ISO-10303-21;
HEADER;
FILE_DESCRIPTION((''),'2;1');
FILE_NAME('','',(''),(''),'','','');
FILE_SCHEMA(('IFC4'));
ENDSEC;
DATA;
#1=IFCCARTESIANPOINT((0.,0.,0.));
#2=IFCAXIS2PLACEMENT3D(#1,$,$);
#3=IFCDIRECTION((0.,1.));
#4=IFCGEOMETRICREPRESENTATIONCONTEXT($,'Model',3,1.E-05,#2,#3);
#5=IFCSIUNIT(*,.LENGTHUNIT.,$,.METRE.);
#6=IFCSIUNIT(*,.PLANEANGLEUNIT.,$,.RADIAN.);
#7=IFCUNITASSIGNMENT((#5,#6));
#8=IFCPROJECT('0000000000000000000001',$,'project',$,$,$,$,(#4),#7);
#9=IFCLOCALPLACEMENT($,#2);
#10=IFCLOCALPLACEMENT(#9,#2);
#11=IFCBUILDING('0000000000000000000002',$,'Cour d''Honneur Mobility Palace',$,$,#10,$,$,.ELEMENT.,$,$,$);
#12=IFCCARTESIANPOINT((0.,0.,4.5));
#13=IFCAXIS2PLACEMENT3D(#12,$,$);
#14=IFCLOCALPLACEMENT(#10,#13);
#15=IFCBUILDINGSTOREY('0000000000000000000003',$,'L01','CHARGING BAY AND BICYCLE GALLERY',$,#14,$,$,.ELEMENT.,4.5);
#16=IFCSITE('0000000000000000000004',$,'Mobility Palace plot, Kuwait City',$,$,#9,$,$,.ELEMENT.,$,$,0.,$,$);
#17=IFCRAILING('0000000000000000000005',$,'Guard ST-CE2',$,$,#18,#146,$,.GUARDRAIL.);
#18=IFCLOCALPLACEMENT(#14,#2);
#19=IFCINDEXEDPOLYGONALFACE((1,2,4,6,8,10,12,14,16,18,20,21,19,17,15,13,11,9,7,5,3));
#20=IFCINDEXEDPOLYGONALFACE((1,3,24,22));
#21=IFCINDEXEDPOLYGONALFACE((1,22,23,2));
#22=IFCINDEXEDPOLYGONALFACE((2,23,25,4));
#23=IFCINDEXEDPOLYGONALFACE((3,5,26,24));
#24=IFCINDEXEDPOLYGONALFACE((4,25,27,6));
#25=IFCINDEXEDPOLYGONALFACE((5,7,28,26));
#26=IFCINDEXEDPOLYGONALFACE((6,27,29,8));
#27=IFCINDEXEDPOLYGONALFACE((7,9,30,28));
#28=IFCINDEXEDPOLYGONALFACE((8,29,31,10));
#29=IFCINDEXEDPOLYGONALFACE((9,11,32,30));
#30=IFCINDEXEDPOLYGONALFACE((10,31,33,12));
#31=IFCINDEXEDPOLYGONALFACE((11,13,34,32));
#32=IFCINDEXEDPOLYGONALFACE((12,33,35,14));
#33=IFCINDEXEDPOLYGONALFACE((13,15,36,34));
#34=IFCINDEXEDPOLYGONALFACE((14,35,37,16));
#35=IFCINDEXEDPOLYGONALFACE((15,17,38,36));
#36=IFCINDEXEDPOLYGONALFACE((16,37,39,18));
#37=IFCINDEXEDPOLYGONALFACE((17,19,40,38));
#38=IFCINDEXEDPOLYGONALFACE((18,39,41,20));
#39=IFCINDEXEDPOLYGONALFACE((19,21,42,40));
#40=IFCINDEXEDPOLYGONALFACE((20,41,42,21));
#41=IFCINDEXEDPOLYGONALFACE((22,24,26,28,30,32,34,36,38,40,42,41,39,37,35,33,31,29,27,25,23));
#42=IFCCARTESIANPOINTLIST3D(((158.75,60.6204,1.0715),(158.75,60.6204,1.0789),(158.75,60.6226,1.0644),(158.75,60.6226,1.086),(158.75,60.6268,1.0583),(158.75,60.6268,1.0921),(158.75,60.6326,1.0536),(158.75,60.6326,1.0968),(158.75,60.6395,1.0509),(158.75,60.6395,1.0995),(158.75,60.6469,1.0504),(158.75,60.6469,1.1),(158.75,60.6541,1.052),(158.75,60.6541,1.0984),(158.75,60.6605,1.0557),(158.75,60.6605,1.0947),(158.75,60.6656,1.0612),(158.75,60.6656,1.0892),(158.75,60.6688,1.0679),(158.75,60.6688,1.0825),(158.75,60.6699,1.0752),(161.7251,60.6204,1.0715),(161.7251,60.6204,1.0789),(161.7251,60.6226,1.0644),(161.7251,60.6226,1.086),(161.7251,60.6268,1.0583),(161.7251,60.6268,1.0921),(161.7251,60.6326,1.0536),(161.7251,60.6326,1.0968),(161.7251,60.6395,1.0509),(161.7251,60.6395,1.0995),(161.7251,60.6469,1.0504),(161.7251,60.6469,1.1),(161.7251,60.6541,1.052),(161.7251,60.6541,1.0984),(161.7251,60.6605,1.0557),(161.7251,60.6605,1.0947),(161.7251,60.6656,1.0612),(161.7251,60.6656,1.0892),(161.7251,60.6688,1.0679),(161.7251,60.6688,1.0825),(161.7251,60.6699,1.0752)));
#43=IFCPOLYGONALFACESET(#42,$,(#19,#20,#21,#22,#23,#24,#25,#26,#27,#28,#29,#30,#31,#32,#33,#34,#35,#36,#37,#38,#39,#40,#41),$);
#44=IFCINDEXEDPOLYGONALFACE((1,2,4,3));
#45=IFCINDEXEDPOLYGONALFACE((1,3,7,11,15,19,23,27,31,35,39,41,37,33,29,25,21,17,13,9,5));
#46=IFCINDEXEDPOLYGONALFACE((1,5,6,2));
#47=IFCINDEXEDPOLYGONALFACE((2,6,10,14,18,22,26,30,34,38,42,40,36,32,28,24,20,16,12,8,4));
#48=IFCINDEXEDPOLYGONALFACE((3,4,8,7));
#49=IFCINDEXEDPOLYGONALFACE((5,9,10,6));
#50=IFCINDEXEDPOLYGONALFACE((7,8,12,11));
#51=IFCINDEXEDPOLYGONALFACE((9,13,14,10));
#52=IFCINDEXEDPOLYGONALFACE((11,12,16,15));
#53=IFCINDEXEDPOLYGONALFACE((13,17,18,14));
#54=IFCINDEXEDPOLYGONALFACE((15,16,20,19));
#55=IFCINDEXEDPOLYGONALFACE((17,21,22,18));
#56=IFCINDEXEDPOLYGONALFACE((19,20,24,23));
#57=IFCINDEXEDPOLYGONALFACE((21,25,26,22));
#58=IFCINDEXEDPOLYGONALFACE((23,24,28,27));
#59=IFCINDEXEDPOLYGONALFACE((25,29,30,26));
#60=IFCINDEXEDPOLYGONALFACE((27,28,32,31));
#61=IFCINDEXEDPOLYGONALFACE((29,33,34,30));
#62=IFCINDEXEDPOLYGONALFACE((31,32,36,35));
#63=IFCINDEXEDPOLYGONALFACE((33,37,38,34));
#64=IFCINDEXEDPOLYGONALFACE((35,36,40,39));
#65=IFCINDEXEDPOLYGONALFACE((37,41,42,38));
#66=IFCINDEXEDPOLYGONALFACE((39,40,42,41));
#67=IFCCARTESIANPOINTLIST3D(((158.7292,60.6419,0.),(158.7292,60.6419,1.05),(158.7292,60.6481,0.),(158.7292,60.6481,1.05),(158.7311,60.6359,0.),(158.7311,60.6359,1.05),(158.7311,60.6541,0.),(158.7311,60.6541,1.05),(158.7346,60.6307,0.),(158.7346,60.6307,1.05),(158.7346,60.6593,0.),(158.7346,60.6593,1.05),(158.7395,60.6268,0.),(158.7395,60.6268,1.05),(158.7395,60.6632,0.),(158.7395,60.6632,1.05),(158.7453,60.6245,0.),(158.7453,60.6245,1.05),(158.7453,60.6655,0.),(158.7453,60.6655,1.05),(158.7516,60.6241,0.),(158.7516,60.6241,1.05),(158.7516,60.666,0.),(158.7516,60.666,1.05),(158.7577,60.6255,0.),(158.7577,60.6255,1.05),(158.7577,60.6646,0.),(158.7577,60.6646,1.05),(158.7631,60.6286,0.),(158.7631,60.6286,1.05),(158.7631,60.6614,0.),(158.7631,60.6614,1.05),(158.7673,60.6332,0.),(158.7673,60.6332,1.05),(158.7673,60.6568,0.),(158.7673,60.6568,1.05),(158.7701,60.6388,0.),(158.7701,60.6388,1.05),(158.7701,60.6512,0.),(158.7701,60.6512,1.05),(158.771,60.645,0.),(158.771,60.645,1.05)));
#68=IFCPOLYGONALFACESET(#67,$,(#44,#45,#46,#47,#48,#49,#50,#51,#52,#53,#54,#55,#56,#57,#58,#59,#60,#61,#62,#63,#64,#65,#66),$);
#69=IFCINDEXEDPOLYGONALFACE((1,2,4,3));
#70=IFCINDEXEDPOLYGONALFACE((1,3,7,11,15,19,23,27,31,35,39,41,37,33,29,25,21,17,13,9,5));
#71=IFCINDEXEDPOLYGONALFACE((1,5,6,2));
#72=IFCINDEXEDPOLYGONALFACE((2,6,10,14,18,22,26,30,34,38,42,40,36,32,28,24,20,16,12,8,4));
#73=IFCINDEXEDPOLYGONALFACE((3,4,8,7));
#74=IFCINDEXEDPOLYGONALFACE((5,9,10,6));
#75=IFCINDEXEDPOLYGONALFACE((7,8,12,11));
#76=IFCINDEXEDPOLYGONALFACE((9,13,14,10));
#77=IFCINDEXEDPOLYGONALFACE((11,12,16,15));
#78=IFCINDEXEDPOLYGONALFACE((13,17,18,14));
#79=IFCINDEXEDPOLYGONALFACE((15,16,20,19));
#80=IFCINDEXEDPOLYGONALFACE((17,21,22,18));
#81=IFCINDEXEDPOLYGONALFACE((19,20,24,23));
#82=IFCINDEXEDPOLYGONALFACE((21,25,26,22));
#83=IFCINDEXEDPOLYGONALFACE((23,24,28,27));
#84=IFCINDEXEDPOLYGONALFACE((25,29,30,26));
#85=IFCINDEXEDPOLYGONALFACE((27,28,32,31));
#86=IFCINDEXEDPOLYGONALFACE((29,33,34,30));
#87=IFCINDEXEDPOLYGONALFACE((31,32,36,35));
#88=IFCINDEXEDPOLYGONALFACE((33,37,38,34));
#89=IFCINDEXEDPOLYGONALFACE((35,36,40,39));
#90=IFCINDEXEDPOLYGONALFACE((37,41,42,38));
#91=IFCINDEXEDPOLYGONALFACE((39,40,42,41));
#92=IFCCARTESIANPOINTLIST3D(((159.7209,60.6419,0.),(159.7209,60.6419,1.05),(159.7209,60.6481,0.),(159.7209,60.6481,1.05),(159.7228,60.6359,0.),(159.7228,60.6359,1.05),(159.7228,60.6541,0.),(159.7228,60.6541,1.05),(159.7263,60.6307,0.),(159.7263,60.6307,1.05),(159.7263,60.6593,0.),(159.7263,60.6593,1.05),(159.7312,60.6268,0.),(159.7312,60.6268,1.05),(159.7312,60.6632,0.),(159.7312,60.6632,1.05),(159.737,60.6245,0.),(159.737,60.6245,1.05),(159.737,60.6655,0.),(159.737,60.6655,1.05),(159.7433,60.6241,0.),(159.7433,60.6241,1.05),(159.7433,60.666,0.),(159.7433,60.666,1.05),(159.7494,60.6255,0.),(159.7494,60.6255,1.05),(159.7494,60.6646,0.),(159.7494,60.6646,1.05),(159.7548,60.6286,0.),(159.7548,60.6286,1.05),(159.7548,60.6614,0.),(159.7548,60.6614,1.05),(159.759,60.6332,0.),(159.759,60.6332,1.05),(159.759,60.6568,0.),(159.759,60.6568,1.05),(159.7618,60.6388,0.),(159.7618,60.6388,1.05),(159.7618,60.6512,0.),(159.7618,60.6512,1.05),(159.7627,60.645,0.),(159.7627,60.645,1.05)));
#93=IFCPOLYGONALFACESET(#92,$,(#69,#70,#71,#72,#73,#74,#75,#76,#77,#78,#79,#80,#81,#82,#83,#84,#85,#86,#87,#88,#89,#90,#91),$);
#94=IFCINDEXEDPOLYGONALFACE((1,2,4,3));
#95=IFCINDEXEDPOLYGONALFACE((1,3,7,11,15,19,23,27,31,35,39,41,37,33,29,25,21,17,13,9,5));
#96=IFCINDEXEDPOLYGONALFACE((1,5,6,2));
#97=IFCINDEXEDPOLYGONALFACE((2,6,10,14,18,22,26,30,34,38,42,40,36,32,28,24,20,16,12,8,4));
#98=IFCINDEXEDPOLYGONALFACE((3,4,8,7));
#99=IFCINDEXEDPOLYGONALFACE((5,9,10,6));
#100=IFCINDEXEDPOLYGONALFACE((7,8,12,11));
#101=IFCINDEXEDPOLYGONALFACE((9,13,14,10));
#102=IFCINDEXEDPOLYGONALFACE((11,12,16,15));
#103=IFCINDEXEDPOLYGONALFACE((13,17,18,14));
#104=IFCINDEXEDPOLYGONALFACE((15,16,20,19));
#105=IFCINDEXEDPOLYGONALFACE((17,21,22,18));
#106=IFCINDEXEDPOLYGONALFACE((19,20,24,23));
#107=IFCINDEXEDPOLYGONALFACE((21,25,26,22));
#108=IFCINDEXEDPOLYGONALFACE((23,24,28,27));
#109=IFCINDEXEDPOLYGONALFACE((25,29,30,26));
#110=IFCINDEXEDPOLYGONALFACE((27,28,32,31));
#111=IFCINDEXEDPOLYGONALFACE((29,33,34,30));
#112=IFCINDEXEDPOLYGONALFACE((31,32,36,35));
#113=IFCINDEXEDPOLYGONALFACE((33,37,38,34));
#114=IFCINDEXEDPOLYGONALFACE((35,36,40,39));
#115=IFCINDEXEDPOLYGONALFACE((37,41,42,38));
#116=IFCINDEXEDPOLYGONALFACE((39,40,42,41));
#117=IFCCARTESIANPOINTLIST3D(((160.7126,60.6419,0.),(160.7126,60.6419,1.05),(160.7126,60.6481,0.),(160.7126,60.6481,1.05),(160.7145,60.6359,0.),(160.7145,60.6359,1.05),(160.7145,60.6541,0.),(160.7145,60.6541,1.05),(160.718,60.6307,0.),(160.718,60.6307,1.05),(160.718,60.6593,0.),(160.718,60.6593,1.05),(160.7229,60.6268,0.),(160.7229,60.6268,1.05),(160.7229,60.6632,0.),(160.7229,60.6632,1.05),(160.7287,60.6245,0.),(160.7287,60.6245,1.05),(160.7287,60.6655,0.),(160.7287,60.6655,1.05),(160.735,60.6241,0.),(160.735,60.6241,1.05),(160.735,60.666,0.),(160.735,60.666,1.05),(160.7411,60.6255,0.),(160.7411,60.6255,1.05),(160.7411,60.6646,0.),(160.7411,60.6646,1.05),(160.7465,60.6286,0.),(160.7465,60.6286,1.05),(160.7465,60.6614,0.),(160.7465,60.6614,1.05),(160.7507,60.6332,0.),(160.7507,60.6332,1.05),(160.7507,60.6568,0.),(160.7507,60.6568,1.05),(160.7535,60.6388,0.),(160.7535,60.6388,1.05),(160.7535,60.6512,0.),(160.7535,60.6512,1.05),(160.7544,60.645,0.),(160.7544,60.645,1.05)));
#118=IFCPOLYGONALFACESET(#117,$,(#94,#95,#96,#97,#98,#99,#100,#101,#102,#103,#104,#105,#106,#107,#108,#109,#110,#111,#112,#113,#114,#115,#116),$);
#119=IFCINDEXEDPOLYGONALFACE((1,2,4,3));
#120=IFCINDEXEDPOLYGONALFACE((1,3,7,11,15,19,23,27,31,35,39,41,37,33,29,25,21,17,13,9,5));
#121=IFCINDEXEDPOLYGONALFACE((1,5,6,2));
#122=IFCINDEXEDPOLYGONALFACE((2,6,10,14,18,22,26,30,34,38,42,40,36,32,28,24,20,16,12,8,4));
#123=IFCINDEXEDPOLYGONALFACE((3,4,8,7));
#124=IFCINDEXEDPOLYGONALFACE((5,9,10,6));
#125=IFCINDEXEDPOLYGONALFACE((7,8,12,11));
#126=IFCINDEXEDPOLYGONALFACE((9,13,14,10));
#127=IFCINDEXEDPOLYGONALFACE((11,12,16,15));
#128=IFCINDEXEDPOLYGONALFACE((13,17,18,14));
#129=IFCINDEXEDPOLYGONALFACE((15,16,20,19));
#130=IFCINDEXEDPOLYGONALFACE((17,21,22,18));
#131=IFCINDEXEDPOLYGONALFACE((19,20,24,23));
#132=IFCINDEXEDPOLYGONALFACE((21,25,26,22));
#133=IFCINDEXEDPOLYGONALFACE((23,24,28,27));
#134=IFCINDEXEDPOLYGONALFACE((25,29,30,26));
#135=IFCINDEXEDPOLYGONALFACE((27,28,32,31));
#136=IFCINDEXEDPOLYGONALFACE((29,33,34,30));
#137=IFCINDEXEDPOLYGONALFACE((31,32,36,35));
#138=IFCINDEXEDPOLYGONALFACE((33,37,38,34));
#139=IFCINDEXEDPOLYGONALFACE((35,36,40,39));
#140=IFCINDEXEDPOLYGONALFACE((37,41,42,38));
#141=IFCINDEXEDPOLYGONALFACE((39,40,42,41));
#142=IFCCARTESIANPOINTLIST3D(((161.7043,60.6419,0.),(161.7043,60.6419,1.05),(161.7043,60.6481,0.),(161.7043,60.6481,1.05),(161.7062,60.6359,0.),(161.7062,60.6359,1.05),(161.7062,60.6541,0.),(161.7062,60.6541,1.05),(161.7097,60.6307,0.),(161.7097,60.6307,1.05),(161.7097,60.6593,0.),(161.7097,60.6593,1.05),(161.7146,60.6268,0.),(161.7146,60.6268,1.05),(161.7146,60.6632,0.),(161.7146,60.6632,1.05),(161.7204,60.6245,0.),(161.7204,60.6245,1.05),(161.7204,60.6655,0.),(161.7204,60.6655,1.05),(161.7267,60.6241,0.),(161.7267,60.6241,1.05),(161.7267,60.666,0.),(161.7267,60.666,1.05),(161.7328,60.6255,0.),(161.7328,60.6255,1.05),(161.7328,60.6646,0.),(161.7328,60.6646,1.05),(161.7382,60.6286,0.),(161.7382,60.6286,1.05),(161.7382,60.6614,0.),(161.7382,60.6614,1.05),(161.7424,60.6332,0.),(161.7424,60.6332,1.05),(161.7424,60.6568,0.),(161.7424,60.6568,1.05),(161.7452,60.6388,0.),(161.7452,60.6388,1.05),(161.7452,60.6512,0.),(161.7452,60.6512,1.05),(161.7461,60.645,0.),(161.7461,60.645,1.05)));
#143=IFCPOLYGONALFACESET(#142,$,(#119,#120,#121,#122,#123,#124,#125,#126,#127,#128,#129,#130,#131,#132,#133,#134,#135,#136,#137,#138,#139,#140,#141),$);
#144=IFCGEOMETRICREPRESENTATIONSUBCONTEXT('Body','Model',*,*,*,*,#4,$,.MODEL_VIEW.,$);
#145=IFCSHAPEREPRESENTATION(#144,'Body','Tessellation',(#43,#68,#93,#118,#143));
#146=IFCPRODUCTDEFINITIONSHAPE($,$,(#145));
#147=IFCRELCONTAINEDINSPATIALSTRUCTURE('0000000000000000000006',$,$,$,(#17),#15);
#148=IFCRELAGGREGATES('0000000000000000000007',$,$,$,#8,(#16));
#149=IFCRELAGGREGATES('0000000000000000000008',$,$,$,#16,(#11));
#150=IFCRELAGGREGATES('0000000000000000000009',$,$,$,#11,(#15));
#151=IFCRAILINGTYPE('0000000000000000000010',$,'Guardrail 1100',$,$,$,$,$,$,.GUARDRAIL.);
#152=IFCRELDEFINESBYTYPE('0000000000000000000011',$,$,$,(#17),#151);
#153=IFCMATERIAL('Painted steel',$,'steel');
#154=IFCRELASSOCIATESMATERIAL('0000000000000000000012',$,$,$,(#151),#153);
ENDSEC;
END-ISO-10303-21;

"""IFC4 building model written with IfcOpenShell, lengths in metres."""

from ifc_helpers import new_model, si_unit, direction, frame, origin, origin_2d, place, context, subcontext, project, spatial, circle, extrude, material, type_object, element, save


model = new_model("IFC4")

# Units and contexts
model_context = context("Model", 3, precision=1e-05, world=origin(), true_north=direction((0.0, 1.0)))
body_context = subcontext(model_context, "Body", "Model", "MODEL_VIEW")
ifc_project = project(units=[si_unit("LENGTHUNIT", "METRE"), si_unit("PLANEANGLEUNIT", "RADIAN")], contexts=[model_context])

# Site, building, storey
site_placement = place(None, origin())
site = spatial("IfcSite", under=ifc_project, at=site_placement, Name="Mobility Palace plot, Kuwait City", CompositionType="ELEMENT", RefElevation=0.0)
building_placement = place(site_placement, origin())
building = spatial("IfcBuilding", under=site, at=building_placement, Name="Cour d'Honneur Mobility Palace", CompositionType="ELEMENT")
storey_placement = place(building_placement, frame((0.0, 0.0, 4.5)))
storey = spatial("IfcBuildingStorey", under=building, at=storey_placement, Name="L01", Description="CHARGING BAY AND BICYCLE GALLERY", CompositionType="ELEMENT", Elevation=4.5)

# Railing
ifc_material_1 = material(Name="Painted steel", Category="steel")
railing_type_1 = type_object("IfcRailingType", Name="Guardrail 1100", PredefinedType="GUARDRAIL", material=ifc_material_1)
railing_placement = place(storey_placement, frame((158.75, 60.645, 0.0)))
element("IfcRailing", 1, at=railing_placement, inside=storey, type_object=railing_type_1, Name="Guard ST-CE2", PredefinedType="GUARDRAIL", context=body_context, shape_type="SweptSolid", body=[
    extrude(circle(Radius=0.0249, at=origin_2d()), frame((0.0, 0.0, 1.0752), z_axis=(1.0, 0.0, 0.0), x_axis=(0.0, 1.0, 0.0)), (0.0, 0.0, 1.0), 2.9751),
    extrude(circle(Radius=0.021, at=origin_2d()), origin(), (0.0, 0.0, 1.0), 1.05),
    extrude(circle(Radius=0.021, at=origin_2d()), frame((0.9917, 0.0, 0.0)), (0.0, 0.0, 1.0), 1.05),
    extrude(circle(Radius=0.021, at=origin_2d()), frame((1.9834, 0.0, 0.0)), (0.0, 0.0, 1.0), 1.05),
    extrude(circle(Radius=0.021, at=origin_2d()), frame((2.9751, 0.0, 0.0)), (0.0, 0.0, 1.0), 1.05),
])

save(model, "model.ifc")
